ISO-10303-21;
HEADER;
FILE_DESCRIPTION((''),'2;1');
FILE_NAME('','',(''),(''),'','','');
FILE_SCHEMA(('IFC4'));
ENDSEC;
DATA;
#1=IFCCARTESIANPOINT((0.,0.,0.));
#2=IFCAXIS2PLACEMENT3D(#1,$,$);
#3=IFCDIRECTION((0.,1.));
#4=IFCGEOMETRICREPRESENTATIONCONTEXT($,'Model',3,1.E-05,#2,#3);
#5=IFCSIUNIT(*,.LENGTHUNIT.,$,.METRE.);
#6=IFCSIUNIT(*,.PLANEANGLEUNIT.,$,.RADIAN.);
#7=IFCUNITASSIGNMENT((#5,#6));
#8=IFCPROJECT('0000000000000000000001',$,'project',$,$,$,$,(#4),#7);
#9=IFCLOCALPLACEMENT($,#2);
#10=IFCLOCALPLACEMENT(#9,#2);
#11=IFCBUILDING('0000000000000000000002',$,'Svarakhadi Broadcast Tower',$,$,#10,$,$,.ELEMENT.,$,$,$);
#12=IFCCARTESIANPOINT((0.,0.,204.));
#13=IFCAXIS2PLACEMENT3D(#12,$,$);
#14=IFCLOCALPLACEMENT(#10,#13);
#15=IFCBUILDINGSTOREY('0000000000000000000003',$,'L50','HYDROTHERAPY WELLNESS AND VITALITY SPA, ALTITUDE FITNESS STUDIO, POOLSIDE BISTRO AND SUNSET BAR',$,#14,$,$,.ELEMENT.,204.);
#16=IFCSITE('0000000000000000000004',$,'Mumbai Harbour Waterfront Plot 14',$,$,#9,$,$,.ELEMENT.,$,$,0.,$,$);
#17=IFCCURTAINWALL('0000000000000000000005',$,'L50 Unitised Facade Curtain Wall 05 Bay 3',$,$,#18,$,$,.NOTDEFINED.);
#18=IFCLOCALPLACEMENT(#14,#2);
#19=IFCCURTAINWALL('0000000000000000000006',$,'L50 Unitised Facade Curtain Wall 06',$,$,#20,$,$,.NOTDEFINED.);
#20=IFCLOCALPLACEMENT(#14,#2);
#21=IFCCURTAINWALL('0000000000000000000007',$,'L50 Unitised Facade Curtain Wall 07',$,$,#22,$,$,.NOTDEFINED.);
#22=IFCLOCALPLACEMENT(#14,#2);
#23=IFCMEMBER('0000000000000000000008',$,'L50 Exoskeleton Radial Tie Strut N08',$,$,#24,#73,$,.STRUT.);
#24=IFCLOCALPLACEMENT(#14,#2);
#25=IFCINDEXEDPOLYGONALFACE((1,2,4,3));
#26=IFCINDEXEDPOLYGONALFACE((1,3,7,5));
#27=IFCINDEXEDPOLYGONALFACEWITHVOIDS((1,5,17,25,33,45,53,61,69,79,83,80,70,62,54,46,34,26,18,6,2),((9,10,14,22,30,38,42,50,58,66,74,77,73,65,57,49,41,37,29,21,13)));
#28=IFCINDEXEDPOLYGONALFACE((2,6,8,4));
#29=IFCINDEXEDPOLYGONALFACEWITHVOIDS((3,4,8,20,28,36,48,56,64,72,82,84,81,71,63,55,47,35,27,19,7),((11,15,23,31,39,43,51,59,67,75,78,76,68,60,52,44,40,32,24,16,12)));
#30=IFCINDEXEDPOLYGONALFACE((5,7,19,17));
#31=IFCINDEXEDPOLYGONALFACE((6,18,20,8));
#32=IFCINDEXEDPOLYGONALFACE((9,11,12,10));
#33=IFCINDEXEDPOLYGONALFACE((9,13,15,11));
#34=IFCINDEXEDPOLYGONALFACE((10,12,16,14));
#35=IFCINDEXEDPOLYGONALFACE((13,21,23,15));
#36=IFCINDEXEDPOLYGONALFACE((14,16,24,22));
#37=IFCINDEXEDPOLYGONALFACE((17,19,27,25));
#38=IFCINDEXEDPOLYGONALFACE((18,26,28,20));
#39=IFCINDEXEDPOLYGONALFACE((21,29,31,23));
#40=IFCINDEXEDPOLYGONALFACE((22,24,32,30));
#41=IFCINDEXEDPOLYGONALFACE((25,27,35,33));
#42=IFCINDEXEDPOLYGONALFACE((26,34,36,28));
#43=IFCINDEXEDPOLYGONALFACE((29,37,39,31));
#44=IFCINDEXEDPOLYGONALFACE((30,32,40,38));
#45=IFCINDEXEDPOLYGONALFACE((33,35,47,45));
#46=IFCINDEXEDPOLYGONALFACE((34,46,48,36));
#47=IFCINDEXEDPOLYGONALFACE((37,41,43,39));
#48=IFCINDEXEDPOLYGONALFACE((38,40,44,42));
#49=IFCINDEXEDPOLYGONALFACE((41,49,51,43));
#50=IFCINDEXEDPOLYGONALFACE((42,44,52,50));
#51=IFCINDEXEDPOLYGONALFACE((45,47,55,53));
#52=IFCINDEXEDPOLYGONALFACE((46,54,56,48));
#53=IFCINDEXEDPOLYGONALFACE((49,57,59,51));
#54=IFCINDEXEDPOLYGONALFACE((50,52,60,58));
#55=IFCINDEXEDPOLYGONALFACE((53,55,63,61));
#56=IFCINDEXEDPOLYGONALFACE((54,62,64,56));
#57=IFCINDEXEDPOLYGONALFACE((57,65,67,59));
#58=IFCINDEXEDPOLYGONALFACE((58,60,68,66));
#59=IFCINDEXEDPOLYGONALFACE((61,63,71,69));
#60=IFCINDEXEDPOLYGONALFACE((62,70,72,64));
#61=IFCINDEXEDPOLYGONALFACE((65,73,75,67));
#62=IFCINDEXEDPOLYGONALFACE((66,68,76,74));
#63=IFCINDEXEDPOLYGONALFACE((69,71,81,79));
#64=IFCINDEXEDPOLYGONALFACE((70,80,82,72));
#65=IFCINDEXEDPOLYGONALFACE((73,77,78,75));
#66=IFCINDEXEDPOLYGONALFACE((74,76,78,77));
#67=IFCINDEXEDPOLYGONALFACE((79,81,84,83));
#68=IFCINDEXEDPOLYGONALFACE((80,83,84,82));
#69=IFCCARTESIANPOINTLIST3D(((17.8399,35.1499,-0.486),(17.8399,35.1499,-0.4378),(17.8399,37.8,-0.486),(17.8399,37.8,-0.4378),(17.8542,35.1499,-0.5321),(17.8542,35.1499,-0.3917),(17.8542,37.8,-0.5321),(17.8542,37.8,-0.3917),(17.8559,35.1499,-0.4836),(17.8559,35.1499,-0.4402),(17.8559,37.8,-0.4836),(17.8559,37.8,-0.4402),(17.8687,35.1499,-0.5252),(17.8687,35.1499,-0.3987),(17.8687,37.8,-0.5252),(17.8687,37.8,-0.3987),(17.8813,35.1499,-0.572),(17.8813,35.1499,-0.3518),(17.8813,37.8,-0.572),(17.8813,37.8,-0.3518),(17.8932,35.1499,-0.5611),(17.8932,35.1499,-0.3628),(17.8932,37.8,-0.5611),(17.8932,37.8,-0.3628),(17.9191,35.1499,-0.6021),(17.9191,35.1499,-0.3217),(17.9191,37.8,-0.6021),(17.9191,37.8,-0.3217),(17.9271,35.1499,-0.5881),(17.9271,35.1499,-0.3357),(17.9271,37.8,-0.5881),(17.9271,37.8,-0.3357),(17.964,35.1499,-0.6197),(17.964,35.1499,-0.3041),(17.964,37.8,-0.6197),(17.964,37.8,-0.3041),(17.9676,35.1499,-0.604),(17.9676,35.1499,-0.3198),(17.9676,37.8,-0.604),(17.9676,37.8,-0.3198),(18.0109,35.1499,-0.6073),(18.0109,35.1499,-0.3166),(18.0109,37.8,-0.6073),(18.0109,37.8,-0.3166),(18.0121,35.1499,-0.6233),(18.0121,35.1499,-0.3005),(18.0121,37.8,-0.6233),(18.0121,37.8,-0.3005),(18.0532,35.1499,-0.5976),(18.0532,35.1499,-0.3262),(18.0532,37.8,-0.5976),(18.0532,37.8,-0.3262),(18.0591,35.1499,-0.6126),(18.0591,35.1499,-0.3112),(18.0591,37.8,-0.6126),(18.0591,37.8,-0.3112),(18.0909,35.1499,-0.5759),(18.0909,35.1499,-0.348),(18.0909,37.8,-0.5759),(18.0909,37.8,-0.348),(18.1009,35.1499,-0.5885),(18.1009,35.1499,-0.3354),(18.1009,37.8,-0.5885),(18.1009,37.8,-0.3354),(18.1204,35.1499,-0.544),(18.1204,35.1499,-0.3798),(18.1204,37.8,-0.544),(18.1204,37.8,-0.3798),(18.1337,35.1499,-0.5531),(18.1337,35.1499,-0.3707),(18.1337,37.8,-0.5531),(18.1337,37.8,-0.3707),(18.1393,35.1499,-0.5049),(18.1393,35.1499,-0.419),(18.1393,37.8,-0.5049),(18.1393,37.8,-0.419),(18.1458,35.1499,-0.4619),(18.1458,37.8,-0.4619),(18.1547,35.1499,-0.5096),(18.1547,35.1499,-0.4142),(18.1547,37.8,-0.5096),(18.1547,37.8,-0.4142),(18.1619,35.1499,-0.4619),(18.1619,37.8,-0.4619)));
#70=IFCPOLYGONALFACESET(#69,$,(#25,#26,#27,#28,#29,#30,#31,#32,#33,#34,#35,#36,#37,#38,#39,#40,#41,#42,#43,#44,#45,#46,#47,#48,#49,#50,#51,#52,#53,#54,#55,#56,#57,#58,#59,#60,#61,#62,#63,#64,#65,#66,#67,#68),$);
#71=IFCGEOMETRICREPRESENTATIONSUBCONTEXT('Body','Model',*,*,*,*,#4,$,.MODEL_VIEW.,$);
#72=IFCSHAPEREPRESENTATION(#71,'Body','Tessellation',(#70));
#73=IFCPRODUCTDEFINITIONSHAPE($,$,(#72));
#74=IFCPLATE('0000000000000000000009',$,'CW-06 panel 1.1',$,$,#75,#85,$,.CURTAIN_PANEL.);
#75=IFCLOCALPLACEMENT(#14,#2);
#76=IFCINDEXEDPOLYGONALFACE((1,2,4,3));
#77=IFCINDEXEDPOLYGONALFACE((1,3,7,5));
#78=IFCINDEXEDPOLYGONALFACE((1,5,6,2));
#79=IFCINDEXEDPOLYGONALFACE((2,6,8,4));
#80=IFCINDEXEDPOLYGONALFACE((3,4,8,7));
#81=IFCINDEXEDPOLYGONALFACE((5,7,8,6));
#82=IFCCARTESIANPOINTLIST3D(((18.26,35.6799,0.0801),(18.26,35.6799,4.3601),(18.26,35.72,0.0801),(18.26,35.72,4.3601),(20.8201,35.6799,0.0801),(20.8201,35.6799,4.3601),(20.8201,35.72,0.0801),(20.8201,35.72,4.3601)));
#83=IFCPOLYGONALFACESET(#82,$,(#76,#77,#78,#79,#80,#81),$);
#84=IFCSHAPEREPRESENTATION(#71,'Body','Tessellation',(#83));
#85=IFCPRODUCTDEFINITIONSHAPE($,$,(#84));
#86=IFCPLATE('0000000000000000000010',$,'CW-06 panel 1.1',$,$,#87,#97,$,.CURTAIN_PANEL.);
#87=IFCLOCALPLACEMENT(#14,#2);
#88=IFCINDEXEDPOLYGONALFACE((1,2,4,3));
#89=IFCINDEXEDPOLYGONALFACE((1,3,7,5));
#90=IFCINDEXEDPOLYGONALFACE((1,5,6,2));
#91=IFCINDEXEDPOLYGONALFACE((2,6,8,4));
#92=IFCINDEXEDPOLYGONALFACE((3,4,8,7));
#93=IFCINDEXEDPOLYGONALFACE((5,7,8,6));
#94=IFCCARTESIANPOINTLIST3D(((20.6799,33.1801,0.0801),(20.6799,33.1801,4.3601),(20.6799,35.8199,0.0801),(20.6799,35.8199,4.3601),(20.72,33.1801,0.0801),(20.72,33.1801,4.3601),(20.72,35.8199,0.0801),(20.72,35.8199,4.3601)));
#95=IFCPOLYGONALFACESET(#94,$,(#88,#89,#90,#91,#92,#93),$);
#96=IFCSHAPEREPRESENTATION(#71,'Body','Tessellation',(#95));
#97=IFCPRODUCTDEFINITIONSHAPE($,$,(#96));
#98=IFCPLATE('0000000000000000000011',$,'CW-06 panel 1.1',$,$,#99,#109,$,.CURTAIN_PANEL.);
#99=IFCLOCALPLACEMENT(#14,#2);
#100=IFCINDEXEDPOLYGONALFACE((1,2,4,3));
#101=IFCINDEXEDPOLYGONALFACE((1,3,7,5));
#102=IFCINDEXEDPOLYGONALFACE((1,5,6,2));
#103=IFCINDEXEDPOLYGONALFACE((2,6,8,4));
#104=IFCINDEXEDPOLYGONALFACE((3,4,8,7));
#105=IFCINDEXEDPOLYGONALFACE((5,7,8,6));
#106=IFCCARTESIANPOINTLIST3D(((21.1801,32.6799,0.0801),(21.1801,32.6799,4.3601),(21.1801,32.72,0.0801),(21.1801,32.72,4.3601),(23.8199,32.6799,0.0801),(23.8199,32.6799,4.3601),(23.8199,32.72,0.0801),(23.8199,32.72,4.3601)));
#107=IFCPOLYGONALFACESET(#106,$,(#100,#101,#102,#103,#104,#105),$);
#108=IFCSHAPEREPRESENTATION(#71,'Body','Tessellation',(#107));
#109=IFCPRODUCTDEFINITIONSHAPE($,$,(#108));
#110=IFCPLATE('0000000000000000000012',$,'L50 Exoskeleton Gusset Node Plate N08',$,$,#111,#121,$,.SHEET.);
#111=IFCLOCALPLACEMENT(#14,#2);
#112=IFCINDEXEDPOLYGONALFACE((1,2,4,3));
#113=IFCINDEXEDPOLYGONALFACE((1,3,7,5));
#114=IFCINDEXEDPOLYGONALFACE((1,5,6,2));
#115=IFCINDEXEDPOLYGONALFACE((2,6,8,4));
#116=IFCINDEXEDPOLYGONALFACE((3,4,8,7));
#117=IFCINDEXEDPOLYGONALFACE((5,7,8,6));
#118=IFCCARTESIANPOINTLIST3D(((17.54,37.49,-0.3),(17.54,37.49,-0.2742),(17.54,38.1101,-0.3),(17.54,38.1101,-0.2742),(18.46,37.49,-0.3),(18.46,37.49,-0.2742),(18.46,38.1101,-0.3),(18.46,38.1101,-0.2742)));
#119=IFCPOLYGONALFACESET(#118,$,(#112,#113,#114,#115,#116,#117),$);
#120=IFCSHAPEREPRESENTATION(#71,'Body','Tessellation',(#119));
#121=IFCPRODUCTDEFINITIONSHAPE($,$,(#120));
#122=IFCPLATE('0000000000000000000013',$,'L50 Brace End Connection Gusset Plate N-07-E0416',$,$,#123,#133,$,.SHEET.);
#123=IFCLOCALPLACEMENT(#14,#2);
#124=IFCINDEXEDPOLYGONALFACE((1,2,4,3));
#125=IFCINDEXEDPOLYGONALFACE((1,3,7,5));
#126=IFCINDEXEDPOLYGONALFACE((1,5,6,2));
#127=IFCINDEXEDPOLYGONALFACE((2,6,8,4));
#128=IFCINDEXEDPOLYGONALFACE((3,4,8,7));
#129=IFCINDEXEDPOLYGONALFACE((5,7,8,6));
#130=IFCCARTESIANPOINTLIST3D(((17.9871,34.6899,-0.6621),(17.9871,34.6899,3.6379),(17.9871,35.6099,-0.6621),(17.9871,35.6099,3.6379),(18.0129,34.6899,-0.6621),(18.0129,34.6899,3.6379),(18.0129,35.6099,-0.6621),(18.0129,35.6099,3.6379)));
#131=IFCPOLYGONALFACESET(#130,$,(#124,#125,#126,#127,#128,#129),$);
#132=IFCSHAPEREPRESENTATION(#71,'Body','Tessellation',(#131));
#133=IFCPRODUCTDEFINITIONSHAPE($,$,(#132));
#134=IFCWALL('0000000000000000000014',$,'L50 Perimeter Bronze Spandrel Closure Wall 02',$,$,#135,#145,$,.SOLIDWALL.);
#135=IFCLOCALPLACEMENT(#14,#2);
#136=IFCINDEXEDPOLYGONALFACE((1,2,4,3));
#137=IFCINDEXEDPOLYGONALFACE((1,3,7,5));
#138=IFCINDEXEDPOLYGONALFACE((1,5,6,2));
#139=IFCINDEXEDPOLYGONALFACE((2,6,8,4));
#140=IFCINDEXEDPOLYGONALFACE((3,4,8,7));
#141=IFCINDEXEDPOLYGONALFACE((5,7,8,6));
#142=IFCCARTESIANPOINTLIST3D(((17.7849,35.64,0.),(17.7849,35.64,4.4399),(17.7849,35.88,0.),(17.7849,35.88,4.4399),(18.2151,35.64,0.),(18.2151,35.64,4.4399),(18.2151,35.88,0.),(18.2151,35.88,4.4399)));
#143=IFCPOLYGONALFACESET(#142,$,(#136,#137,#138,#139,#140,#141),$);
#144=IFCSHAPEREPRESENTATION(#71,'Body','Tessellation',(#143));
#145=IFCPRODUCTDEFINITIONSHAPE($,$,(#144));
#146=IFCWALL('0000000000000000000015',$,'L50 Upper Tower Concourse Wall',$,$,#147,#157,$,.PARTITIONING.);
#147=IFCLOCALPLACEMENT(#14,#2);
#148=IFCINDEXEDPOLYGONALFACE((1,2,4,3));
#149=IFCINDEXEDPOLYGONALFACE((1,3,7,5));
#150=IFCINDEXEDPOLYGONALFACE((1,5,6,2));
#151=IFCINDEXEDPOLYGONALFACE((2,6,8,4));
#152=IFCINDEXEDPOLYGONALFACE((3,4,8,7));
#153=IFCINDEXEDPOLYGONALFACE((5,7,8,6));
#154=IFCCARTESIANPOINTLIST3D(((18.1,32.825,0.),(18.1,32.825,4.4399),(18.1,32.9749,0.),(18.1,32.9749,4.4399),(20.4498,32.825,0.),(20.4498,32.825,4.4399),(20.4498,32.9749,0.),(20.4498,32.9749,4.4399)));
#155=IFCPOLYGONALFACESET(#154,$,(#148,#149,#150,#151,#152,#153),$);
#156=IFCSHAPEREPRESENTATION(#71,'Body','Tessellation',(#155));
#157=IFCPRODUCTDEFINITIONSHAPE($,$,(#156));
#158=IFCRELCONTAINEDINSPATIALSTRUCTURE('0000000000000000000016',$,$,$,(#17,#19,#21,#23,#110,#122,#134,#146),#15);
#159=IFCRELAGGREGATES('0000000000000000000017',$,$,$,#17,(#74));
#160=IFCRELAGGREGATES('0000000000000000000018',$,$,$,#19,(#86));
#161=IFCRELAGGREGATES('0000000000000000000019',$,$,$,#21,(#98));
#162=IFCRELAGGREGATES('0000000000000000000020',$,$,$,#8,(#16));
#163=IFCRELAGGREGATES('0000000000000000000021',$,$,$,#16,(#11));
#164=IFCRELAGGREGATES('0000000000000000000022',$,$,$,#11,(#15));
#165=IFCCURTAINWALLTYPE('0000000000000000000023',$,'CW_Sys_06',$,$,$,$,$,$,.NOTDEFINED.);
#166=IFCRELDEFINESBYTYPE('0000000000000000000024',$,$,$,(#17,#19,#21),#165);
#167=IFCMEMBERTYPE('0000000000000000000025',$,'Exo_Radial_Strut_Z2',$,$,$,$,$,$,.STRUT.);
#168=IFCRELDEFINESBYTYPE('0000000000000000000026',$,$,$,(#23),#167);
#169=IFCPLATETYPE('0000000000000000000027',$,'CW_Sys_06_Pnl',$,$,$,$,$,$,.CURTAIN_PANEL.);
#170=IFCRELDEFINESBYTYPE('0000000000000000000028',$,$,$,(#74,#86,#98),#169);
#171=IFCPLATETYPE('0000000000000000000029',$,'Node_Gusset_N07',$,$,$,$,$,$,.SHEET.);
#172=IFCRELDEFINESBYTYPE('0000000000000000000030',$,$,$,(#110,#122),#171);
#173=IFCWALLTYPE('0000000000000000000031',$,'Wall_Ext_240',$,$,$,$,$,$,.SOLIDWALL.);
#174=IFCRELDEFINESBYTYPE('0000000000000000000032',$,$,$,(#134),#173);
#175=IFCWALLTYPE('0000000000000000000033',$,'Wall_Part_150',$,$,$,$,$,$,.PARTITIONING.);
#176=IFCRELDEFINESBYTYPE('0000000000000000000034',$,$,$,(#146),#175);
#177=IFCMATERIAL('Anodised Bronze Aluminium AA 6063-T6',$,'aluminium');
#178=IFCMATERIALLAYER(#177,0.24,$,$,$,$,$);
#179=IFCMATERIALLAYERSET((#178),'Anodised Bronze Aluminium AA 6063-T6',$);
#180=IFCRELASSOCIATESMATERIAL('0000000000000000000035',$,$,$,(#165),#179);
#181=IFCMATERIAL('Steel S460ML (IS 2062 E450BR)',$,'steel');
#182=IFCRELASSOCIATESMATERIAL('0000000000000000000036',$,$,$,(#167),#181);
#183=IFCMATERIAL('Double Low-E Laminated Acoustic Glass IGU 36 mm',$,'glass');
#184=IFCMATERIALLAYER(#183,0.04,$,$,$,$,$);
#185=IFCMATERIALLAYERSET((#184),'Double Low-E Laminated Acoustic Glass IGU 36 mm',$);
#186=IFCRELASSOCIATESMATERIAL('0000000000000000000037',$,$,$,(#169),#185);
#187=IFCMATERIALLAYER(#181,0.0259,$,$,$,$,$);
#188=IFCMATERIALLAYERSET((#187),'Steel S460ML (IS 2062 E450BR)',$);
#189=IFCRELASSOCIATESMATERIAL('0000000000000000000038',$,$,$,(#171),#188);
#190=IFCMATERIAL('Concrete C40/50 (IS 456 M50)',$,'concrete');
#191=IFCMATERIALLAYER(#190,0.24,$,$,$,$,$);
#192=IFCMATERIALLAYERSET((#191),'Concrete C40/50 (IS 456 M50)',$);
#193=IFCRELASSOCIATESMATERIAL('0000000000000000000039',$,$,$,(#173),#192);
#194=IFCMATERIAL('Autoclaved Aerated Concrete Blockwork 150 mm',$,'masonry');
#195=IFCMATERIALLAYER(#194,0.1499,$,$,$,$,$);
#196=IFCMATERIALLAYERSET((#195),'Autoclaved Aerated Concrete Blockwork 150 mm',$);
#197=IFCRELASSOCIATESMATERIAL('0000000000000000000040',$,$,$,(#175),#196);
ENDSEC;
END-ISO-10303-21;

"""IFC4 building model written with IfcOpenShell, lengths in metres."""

from ifc_helpers import new_model, si_unit, direction, frame, frame_2d, origin, origin_2d, place, context, subcontext, project, spatial, rectangle, hollow_circle, extrude, material, layer, layer_set, material_profile, profile_set, type_object, element, aggregate, save


model = new_model("IFC4")

# Units and contexts
model_context = context("Model", 3, precision=1e-05, world=origin(), true_north=direction((0.0, 1.0)))
body_context = subcontext(model_context, "Body", "Model", "MODEL_VIEW")
ifc_project = project(units=[si_unit("LENGTHUNIT", "METRE"), si_unit("PLANEANGLEUNIT", "RADIAN")], contexts=[model_context])

# Site, building, storey
site_placement = place(None, origin())
site = spatial("IfcSite", under=ifc_project, at=site_placement, Name="Mumbai Harbour Waterfront Plot 14", CompositionType="ELEMENT", RefElevation=0.0)
building_placement = place(site_placement, origin())
building = spatial("IfcBuilding", under=site, at=building_placement, Name="Svarakhadi Broadcast Tower", CompositionType="ELEMENT")
storey_placement = place(building_placement, frame((0.0, 0.0, 204.0)))
storey = spatial("IfcBuildingStorey", under=building, at=storey_placement, Name="L50", Description="HYDROTHERAPY WELLNESS AND VITALITY SPA, ALTITUDE FITNESS STUDIO, POOLSIDE BISTRO AND SUNSET BAR", CompositionType="ELEMENT", Elevation=204.0)

# Shared definitions
ifc_material_1 = material(Name="Steel S460ML (IS 2062 E450BR)", Category="steel")

# Shared definitions
ifc_material_2 = material(Name="Anodised Bronze Aluminium AA 6063-T6", Category="aluminium")
ifc_layer_1 = layer(ifc_material_2, 0.24)
ifc_layer_set_1 = layer_set([ifc_layer_1], Name="Anodised Bronze Aluminium AA 6063-T6")
curtain_wall_type = type_object("IfcCurtainWallType", Name="CW_Sys_06", PredefinedType="NOTDEFINED", material=ifc_layer_set_1)

# Curtain walls
curtain_wall_1_placement = place(storey_placement, origin())
curtain_wall_1 = element("IfcCurtainWall", 1, at=curtain_wall_1_placement, inside=storey, type_object=curtain_wall_type, Name="L50 Unitised Facade Curtain Wall 05 Bay 3", PredefinedType="NOTDEFINED")
curtain_wall_2_placement = place(storey_placement, origin())
curtain_wall_2 = element("IfcCurtainWall", 2, at=curtain_wall_2_placement, inside=storey, type_object=curtain_wall_type, Name="L50 Unitised Facade Curtain Wall 06", PredefinedType="NOTDEFINED")

# Curtain wall
curtain_wall_3_placement = place(storey_placement, origin())
curtain_wall_3 = element("IfcCurtainWall", 3, at=curtain_wall_3_placement, inside=storey, type_object=curtain_wall_type, Name="L50 Unitised Facade Curtain Wall 07", PredefinedType="NOTDEFINED")

# Member
ifc_material_profile_1 = material_profile(ifc_material_1, hollow_circle(Radius=0.1619, WallThickness=0.0161, at=origin_2d()), Name="CHS 323.9x16")
ifc_profile_set_1 = profile_set([ifc_material_profile_1], Name="Steel S460ML (IS 2062 E450BR)")
member_type_1 = type_object("IfcMemberType", Name="Exo_Radial_Strut_Z2", PredefinedType="STRUT", material=ifc_profile_set_1)
member_1_placement = place(storey_placement, frame((18.0, 37.8, -0.4619), z_axis=(0.0, -1.0, 0.0), x_axis=(1.0, 0.0, 0.0)))
element("IfcMember", 4, at=member_1_placement, inside=storey, type_object=member_type_1, Name="L50 Exoskeleton Radial Tie Strut N08", PredefinedType="STRUT", context=body_context, shape_type="SweptSolid", body=[
    extrude(hollow_circle(Radius=0.1619, WallThickness=0.0161, at=origin_2d()), origin(), (0.0, 0.0, 1.0), 2.6501),
])

# Plates
ifc_material_3 = material(Name="Double Low-E Laminated Acoustic Glass IGU 36 mm", Category="glass")
ifc_layer_2 = layer(ifc_material_3, 0.04)
ifc_layer_set_2 = layer_set([ifc_layer_2], Name="Double Low-E Laminated Acoustic Glass IGU 36 mm")
plate_type_1 = type_object("IfcPlateType", Name="CW_Sys_06_Pnl", PredefinedType="CURTAIN_PANEL", material=ifc_layer_set_2)
plate_1_placement = place(storey_placement, frame((19.54, 35.7, 0.0801), z_axis=(0.0, 0.0, 1.0), x_axis=(1.0, 0.0, 0.0)))
plate_1 = element("IfcPlate", 5, at=plate_1_placement, type_object=plate_type_1, Name="CW-06 panel 1.1", PredefinedType="CURTAIN_PANEL", context=body_context, shape_type="SweptSolid", body=[
    extrude(rectangle(XDim=2.5601, YDim=0.04, at=origin_2d()), origin(), (0.0, 0.0, 1.0), 4.28),
])
aggregate(curtain_wall_1, [plate_1])
plate_2_placement = place(storey_placement, frame((20.7, 34.5, 0.0801), z_axis=(0.0, 0.0, 1.0), x_axis=(0.0, -1.0, 0.0)))
plate_2 = element("IfcPlate", 6, at=plate_2_placement, type_object=plate_type_1, Name="CW-06 panel 1.1", PredefinedType="CURTAIN_PANEL", context=body_context, shape_type="SweptSolid", body=[
    extrude(rectangle(XDim=2.6399, YDim=0.04, at=origin_2d()), origin(), (0.0, 0.0, 1.0), 4.28),
])
aggregate(curtain_wall_2, [plate_2])
plate_3_placement = place(storey_placement, frame((22.5, 32.7, 0.0801), z_axis=(0.0, 0.0, 1.0), x_axis=(1.0, 0.0, 0.0)))
plate_3 = element("IfcPlate", 7, at=plate_3_placement, type_object=plate_type_1, Name="CW-06 panel 1.1", PredefinedType="CURTAIN_PANEL", context=body_context, shape_type="SweptSolid", body=[
    extrude(rectangle(XDim=2.6399, YDim=0.04, at=origin_2d()), origin(), (0.0, 0.0, 1.0), 4.28),
])
aggregate(curtain_wall_3, [plate_3])

# Plates
ifc_layer_3 = layer(ifc_material_1, 0.0259)
ifc_layer_set_3 = layer_set([ifc_layer_3], Name="Steel S460ML (IS 2062 E450BR)")
plate_type_2 = type_object("IfcPlateType", Name="Node_Gusset_N07", PredefinedType="SHEET", material=ifc_layer_set_3)
plate_4_placement = place(storey_placement, frame((18.0, 37.8, -0.3), z_axis=(0.0, 0.0, 1.0), x_axis=(1.0, 0.0, 0.0)))
element("IfcPlate", 8, at=plate_4_placement, inside=storey, type_object=plate_type_2, Name="L50 Exoskeleton Gusset Node Plate N08", PredefinedType="SHEET", context=body_context, shape_type="SweptSolid", body=[
    extrude(rectangle(XDim=0.9199, YDim=0.6201, at=origin_2d()), origin(), (0.0, 0.0, 1.0), 0.0259),
])
plate_5_placement = place(storey_placement, frame((18.0, 35.1499, -0.6621), z_axis=(0.0, 0.0, 1.0), x_axis=(0.0, 1.0, 0.0)))
element("IfcPlate", 9, at=plate_5_placement, inside=storey, type_object=plate_type_2, Name="L50 Brace End Connection Gusset Plate N-07-E0416", PredefinedType="SHEET", context=body_context, shape_type="SweptSolid", body=[
    extrude(rectangle(XDim=0.9199, YDim=0.0259, at=origin_2d()), origin(), (0.0, 0.0, 1.0), 4.3),
])

# Walls
ifc_material_4 = material(Name="Concrete C40/50 (IS 456 M50)", Category="concrete")
ifc_layer_4 = layer(ifc_material_4, 0.24)
ifc_layer_set_4 = layer_set([ifc_layer_4], Name="Concrete C40/50 (IS 456 M50)")
wall_type_1 = type_object("IfcWallType", Name="Wall_Ext_240", PredefinedType="SOLIDWALL", material=ifc_layer_set_4)
wall_1_placement = place(storey_placement, frame((17.7849, 35.76, 0.0), z_axis=(0.0, 0.0, 1.0), x_axis=(1.0, 0.0, 0.0)))
element("IfcWall", 10, at=wall_1_placement, inside=storey, type_object=wall_type_1, Name="L50 Perimeter Bronze Spandrel Closure Wall 02", PredefinedType="SOLIDWALL", context=body_context, shape_type="SweptSolid", body=[
    extrude(rectangle(XDim=0.4302, YDim=0.24, at=frame_2d((0.2151, 0.0))), origin(), (0.0, 0.0, 1.0), 4.4399),
])
ifc_material_5 = material(Name="Autoclaved Aerated Concrete Blockwork 150 mm", Category="masonry")
ifc_layer_5 = layer(ifc_material_5, 0.1499)
ifc_layer_set_5 = layer_set([ifc_layer_5], Name="Autoclaved Aerated Concrete Blockwork 150 mm")
wall_type_2 = type_object("IfcWallType", Name="Wall_Part_150", PredefinedType="PARTITIONING", material=ifc_layer_set_5)
wall_2_placement = place(storey_placement, frame((18.1001, 32.8999, 0.0), z_axis=(0.0, 0.0, 1.0), x_axis=(1.0, 0.0, 0.0)))
element("IfcWall", 11, at=wall_2_placement, inside=storey, type_object=wall_type_2, Name="L50 Upper Tower Concourse Wall", PredefinedType="PARTITIONING", context=body_context, shape_type="SweptSolid", body=[
    extrude(rectangle(XDim=2.3499, YDim=0.1499, at=frame_2d((1.1748, 0.0))), origin(), (0.0, 0.0, 1.0), 4.4399),
])

save(model, "model.ifc")
